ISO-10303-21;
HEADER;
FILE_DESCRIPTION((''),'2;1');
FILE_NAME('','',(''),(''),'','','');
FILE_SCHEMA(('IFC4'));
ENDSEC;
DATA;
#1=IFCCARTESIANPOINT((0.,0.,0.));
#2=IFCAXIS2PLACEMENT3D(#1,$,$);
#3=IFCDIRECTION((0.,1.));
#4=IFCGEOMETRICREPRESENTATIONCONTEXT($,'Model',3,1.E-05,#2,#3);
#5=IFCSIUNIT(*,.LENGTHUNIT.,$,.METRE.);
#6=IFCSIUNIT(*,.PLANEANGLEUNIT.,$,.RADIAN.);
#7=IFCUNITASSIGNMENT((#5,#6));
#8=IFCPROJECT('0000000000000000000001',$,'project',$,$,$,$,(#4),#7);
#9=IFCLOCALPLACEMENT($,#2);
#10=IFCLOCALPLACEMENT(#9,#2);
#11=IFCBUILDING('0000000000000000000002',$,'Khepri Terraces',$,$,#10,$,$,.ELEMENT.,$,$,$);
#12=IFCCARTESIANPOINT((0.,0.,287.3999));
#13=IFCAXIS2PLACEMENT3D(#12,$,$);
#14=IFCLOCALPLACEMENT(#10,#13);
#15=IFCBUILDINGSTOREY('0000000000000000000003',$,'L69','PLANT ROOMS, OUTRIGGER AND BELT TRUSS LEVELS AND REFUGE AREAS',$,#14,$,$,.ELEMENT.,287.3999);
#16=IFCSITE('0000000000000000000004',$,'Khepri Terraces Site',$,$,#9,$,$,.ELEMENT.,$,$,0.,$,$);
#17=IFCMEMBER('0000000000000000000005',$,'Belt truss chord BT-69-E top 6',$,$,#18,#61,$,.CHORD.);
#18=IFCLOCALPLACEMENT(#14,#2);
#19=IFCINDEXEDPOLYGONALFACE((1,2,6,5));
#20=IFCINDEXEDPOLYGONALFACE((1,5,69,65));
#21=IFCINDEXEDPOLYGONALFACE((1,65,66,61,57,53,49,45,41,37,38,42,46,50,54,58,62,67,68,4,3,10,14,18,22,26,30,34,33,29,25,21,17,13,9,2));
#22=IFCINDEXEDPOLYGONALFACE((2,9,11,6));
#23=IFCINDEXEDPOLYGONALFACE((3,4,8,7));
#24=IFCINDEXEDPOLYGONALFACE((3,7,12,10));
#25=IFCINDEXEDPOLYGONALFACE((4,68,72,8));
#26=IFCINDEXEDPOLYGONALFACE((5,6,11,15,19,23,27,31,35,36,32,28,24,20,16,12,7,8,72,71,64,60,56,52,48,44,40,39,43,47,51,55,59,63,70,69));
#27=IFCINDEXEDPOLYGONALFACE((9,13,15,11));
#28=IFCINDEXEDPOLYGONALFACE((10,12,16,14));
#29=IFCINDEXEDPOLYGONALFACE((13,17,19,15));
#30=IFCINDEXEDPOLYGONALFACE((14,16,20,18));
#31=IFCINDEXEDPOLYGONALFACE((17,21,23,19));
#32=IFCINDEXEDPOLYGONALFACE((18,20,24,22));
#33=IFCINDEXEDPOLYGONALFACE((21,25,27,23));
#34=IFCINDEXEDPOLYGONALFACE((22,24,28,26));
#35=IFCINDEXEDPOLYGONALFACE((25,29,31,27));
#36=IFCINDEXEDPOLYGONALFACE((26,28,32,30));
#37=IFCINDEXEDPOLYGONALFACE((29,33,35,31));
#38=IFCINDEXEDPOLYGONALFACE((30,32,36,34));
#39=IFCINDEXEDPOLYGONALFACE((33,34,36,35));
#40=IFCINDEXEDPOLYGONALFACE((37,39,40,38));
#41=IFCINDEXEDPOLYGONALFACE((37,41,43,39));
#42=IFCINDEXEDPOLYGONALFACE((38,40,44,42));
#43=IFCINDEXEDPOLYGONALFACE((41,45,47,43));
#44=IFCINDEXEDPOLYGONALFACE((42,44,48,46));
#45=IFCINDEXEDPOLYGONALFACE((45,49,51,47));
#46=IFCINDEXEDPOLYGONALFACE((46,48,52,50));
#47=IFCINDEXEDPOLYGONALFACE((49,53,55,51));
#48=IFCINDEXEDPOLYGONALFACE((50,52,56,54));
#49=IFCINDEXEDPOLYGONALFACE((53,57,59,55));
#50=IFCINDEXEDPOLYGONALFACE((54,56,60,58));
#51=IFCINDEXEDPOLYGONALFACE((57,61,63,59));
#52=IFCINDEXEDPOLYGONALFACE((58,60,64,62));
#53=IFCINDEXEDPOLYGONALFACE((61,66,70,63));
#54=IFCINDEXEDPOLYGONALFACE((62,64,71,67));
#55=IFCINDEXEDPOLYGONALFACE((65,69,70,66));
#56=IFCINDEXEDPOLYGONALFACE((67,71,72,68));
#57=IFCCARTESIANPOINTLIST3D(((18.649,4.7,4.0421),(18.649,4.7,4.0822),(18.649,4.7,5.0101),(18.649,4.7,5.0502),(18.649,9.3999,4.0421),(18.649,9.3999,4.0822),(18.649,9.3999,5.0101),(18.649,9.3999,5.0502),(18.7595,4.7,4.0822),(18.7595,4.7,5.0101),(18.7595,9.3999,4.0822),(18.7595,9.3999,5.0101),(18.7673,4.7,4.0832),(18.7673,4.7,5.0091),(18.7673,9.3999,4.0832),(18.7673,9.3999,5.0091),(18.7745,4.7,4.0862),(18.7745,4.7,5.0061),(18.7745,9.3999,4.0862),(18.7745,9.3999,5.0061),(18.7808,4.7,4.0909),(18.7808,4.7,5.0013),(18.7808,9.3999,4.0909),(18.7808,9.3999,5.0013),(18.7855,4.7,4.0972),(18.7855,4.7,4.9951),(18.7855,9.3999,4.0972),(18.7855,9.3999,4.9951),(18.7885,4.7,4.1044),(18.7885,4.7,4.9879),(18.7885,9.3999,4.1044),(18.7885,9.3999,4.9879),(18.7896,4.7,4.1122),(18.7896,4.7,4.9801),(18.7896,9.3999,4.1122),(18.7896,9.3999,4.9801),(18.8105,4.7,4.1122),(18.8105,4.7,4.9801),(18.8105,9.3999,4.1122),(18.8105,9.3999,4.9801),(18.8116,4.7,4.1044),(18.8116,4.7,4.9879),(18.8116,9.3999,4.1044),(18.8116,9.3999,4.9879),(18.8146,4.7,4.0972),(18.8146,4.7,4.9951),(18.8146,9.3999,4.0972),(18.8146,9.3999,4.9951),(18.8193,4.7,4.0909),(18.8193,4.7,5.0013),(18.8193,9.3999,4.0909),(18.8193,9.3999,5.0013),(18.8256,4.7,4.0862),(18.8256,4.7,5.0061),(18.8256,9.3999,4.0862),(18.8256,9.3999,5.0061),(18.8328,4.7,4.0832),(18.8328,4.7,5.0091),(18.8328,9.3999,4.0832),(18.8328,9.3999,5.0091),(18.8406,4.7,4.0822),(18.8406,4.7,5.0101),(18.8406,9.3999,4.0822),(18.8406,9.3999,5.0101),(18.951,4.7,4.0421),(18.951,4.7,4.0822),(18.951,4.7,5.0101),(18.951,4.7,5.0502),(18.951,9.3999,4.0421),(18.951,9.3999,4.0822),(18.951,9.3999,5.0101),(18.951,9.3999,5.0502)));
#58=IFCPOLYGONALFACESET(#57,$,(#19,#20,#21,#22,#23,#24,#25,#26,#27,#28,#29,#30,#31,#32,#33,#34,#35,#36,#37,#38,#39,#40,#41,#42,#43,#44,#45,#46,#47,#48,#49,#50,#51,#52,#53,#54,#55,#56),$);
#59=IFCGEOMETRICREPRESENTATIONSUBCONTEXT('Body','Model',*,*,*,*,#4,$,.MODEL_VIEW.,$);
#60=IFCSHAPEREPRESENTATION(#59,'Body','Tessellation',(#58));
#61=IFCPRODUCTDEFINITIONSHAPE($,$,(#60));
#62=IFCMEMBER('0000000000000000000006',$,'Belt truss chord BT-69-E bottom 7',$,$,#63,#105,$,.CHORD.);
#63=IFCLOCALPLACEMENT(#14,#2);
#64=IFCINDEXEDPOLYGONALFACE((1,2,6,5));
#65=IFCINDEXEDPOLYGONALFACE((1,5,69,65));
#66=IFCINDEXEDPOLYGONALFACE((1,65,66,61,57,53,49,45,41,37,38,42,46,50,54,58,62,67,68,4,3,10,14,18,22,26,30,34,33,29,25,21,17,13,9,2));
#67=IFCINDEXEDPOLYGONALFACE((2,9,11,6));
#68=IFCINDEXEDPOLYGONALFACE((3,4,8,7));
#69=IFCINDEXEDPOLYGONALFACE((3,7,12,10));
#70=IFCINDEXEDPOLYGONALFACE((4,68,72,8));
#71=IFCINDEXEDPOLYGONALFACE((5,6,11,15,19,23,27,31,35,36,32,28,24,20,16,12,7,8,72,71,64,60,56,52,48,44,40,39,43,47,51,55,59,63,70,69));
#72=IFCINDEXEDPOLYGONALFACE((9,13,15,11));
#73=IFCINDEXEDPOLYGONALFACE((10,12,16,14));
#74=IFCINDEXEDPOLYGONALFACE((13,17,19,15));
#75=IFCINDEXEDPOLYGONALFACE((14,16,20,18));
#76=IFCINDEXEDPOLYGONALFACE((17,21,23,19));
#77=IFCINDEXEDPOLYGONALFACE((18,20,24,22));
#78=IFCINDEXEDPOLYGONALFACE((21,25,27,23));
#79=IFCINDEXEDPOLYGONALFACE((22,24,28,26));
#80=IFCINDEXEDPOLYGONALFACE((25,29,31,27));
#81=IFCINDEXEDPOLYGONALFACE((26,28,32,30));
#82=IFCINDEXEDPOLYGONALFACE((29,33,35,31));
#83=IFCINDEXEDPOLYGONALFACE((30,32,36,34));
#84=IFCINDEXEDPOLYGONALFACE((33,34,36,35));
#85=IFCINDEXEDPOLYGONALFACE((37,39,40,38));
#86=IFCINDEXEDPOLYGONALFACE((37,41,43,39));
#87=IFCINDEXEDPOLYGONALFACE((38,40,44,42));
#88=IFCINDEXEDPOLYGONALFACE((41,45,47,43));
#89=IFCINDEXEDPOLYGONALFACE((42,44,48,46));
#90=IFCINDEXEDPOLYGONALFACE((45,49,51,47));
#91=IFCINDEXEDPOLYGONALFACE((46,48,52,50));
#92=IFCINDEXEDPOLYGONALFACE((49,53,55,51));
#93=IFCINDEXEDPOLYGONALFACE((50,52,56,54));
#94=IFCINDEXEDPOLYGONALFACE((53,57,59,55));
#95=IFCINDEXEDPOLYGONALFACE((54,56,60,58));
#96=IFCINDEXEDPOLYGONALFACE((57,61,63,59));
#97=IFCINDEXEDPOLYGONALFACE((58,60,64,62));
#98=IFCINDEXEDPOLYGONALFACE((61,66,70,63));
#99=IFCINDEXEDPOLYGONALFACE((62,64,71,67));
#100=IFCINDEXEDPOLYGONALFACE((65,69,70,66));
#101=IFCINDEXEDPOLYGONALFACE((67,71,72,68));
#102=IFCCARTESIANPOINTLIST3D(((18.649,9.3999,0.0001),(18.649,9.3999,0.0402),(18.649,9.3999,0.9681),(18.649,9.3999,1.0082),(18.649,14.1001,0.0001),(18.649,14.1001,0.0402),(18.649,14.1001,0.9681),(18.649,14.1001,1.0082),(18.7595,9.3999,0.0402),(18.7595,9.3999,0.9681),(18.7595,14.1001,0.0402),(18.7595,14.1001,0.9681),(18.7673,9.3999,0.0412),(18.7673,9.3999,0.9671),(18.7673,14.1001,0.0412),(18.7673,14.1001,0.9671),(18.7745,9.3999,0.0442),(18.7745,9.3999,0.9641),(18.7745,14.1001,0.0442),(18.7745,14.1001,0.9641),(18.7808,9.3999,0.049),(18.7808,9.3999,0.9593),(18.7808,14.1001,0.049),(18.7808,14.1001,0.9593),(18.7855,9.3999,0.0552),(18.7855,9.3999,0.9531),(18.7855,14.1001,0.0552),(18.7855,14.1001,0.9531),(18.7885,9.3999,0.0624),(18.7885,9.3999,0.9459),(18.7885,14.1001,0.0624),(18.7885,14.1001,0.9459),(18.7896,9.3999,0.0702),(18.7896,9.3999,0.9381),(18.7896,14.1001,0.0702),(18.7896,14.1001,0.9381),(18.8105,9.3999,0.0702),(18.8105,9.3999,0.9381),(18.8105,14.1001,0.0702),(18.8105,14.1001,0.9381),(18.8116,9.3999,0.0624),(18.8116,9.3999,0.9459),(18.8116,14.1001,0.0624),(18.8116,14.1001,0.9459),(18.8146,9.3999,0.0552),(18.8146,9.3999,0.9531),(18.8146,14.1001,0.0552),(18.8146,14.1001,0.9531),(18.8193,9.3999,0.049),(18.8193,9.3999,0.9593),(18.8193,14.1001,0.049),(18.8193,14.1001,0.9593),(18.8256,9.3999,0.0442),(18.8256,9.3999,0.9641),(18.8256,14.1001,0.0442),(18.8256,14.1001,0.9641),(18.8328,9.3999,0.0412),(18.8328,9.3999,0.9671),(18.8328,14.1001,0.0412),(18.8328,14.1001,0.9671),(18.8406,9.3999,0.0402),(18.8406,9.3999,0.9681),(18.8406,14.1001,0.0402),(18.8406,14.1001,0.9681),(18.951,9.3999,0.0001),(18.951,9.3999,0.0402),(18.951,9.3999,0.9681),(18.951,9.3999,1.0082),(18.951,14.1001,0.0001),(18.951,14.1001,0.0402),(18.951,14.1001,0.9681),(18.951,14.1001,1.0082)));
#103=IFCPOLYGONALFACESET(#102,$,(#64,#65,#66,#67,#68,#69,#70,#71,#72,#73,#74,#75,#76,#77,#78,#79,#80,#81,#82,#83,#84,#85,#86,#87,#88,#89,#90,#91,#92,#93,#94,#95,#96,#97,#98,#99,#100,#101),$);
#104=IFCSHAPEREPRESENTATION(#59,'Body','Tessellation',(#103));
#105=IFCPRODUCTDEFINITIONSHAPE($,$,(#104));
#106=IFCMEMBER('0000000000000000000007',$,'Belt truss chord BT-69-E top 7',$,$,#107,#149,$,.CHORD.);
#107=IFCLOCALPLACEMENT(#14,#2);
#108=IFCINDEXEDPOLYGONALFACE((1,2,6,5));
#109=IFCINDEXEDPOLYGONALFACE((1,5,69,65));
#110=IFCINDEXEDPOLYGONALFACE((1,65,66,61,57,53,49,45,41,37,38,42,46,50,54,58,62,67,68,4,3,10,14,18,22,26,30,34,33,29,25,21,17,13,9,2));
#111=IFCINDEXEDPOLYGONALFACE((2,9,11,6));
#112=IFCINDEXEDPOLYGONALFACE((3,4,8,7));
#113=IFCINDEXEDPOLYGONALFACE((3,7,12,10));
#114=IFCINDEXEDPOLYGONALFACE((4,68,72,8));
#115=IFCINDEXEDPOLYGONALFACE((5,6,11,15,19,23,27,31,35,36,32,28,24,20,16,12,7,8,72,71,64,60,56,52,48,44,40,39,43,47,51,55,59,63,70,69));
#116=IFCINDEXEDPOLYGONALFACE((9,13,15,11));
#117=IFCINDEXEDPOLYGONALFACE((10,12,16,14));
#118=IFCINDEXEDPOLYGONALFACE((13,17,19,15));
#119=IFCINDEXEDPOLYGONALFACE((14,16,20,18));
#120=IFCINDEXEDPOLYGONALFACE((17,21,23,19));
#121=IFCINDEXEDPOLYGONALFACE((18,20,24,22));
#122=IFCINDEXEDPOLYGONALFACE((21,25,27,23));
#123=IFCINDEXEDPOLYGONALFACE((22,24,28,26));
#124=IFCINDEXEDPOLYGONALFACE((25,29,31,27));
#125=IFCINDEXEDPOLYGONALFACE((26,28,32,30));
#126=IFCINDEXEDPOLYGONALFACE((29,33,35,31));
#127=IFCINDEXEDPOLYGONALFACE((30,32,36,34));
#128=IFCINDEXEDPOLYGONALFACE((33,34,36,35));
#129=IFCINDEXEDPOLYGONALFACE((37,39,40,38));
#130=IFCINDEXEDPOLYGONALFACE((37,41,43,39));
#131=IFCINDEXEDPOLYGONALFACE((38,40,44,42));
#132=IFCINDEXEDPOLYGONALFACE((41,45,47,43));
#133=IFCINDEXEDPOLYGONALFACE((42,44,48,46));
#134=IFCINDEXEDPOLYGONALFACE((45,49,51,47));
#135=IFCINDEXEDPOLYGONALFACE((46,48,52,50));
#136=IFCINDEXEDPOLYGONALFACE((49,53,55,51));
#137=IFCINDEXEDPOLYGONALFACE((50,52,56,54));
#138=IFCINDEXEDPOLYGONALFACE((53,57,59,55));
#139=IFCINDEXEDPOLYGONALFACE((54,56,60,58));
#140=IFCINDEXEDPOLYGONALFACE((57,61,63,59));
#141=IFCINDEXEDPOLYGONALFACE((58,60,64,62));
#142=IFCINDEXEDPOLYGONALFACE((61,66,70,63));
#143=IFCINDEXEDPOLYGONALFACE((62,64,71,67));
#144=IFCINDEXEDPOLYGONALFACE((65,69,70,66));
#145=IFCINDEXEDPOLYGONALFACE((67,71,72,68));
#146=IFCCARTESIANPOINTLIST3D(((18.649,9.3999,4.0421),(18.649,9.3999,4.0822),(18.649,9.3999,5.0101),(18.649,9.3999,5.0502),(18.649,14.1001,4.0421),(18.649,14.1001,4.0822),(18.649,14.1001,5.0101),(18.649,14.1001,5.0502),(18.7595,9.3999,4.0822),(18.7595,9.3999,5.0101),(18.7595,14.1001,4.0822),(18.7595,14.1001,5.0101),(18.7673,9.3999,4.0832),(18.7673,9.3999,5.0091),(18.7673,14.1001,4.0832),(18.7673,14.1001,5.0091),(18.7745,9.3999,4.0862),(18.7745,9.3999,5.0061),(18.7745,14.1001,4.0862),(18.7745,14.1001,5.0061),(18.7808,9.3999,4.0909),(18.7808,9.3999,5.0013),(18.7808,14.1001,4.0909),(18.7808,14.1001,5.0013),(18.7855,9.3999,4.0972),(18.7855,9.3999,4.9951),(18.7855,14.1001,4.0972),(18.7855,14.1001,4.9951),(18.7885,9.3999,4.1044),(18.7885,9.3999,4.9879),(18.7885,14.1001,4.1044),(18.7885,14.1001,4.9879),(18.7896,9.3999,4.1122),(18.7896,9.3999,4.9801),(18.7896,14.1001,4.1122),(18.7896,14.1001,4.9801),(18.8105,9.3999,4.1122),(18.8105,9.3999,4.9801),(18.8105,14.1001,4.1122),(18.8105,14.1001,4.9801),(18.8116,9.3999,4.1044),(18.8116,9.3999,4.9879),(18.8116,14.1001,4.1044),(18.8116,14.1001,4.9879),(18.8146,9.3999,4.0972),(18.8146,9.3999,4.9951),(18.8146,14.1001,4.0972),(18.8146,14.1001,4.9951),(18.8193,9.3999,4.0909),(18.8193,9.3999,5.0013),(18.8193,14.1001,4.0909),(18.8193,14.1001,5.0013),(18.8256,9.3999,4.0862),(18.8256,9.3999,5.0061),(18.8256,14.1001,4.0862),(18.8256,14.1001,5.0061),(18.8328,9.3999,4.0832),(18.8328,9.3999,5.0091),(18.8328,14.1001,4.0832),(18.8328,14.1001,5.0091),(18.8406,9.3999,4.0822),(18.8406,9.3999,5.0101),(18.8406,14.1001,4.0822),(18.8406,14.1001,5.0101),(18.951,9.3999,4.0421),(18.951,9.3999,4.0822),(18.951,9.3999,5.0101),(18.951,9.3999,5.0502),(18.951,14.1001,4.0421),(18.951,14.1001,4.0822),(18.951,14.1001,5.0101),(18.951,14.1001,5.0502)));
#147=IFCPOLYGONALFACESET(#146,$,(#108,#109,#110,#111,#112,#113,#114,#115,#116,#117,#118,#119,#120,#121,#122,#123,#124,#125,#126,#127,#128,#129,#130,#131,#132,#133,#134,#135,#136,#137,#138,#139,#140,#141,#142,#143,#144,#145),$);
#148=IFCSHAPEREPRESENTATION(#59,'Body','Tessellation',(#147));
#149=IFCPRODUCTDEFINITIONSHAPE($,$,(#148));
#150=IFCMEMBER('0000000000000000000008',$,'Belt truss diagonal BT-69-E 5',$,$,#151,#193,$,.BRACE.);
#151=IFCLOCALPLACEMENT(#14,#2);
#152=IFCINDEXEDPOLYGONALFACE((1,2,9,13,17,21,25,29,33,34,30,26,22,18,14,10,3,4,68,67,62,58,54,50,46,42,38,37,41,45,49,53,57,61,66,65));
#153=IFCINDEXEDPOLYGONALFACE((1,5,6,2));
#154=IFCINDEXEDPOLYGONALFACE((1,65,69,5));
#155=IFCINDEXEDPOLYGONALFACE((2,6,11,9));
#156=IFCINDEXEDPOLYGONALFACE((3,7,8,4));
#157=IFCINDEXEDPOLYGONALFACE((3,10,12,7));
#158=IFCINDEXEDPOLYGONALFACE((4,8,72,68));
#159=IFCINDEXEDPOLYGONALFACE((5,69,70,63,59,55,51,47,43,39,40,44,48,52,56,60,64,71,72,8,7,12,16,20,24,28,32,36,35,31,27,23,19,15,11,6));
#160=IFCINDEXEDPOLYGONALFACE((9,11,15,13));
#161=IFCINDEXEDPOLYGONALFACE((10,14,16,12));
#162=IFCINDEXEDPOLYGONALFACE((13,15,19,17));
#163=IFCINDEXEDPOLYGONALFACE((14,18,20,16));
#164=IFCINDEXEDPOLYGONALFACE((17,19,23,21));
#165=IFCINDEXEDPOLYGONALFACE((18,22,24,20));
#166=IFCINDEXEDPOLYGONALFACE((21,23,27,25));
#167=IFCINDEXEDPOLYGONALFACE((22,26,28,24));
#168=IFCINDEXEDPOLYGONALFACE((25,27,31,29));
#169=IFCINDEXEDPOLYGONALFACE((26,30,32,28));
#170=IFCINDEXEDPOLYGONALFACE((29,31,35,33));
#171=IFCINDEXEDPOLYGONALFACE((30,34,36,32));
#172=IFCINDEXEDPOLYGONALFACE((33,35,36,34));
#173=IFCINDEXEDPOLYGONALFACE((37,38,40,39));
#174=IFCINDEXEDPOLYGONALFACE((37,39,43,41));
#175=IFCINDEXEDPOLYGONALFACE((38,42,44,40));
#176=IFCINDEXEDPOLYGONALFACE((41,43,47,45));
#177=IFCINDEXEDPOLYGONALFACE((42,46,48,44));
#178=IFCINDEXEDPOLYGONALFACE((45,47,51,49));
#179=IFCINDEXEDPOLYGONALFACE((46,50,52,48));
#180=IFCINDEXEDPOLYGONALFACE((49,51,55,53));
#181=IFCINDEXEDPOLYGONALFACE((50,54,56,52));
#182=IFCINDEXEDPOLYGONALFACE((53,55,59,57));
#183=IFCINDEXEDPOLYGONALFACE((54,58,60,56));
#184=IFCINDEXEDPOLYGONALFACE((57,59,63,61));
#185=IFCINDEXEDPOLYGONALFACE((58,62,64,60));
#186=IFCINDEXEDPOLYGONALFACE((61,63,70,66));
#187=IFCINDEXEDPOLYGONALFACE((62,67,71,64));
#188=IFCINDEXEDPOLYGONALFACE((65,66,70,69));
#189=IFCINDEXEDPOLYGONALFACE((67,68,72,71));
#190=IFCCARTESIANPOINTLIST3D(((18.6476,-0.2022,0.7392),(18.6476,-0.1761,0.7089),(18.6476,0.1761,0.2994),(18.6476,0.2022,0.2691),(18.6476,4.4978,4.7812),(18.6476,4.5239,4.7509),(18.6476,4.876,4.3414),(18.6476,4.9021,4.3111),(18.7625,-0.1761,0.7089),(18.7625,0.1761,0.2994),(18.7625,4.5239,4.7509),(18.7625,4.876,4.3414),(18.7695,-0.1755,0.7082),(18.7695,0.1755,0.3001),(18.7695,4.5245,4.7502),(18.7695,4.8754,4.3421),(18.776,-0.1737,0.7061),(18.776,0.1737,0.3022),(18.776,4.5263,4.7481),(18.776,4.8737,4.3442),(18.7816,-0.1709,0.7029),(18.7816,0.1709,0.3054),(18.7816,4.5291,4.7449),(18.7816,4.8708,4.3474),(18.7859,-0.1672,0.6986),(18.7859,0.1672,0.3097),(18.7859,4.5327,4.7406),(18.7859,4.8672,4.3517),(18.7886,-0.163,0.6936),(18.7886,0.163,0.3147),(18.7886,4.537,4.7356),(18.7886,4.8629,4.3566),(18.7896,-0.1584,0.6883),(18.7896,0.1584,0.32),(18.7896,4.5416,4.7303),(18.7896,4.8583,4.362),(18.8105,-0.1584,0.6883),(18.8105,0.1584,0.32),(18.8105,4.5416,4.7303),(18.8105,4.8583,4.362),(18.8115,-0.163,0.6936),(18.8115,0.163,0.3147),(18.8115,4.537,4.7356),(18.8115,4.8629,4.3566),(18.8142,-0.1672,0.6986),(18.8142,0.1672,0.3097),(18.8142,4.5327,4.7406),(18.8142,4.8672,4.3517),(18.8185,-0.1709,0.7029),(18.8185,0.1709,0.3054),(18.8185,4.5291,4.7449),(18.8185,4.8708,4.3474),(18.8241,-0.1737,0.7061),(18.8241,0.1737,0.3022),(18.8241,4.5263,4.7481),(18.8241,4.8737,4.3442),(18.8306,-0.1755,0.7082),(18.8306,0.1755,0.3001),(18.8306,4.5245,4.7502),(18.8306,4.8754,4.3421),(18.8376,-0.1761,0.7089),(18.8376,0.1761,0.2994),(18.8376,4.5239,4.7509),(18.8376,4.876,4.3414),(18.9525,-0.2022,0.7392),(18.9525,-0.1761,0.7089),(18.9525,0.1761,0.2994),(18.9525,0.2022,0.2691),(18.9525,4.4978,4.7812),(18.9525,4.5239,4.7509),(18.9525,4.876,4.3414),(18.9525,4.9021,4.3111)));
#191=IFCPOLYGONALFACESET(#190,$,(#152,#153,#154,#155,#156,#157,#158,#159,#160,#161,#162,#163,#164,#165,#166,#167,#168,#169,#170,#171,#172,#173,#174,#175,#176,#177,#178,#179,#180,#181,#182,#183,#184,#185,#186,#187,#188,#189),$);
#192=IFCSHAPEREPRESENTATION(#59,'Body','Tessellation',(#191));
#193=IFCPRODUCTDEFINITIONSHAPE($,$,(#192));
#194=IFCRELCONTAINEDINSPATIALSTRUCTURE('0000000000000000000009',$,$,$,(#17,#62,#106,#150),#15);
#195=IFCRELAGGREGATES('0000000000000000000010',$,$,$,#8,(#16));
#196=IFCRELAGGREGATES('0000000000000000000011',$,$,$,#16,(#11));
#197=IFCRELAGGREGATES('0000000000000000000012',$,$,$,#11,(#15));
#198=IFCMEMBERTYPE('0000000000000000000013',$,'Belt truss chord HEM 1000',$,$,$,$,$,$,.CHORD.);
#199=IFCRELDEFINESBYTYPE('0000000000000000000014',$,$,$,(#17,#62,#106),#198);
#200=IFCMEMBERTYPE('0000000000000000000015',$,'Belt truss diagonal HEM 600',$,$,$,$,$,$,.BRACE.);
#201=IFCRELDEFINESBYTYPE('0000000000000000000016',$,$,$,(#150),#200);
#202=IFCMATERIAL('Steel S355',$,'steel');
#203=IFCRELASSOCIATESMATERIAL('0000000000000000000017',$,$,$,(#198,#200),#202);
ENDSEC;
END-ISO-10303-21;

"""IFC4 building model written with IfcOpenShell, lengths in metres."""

from ifc_helpers import new_model, si_unit, direction, frame, origin, origin_2d, place, context, subcontext, project, spatial, i_section, extrude, material, material_profile, profile_set, type_object, element, save


model = new_model("IFC4")

# Units and contexts
model_context = context("Model", 3, precision=1e-05, world=origin(), true_north=direction((0.0, 1.0)))
body_context = subcontext(model_context, "Body", "Model", "MODEL_VIEW")
ifc_project = project(units=[si_unit("LENGTHUNIT", "METRE"), si_unit("PLANEANGLEUNIT", "RADIAN")], contexts=[model_context])

# Site, building, storey
site_placement = place(None, origin())
site = spatial("IfcSite", under=ifc_project, at=site_placement, Name="Khepri Terraces Site", CompositionType="ELEMENT", RefElevation=0.0)
building_placement = place(site_placement, origin())
building = spatial("IfcBuilding", under=site, at=building_placement, Name="Khepri Terraces", CompositionType="ELEMENT")
storey_placement = place(building_placement, frame((0.0, 0.0, 287.3999)))
storey = spatial("IfcBuildingStorey", under=building, at=storey_placement, Name="L69", Description="PLANT ROOMS, OUTRIGGER AND BELT TRUSS LEVELS AND REFUGE AREAS", CompositionType="ELEMENT", Elevation=287.3999)

# Members
ifc_material_1 = material(Name="Steel S355", Category="steel")
ifc_material_profile_1 = material_profile(ifc_material_1, i_section(OverallWidth=0.302, OverallDepth=1.0081, WebThickness=0.021, FlangeThickness=0.04, FilletRadius=0.03, at=origin_2d()), Name="Steel S355", Category="steel")
ifc_profile_set_1 = profile_set([ifc_material_profile_1], Name="Steel S355")
member_type_1 = type_object("IfcMemberType", Name="Belt truss chord HEM 1000", PredefinedType="CHORD", material=ifc_profile_set_1)
for number, where, z_axis, x_axis, name in (
    (1, (18.8, 4.7, 4.5461), (0.0, 1.0, 0.0), (-1.0, 0.0, 0.0), "Belt truss chord BT-69-E top 6"),
):
    element("IfcMember", number, at=place(storey_placement, frame(where, z_axis=z_axis, x_axis=x_axis)), inside=storey, type_object=member_type_1, Name=name, PredefinedType="CHORD", context=body_context, shape_type="SweptSolid", body=[
        extrude(i_section(OverallWidth=0.302, OverallDepth=1.0081, WebThickness=0.021, FlangeThickness=0.04, FilletRadius=0.03, at=origin_2d()), origin(), (0.0, 0.0, 1.0), 4.7),
    ])
for number, where, z_axis, x_axis, name in (
    (2, (18.8, 9.3999, 0.5042), (0.0, 1.0, 0.0), (-1.0, 0.0, 0.0), "Belt truss chord BT-69-E bottom 7"),
    (3, (18.8, 9.3999, 4.5461), (0.0, 1.0, 0.0), (-1.0, 0.0, 0.0), "Belt truss chord BT-69-E top 7"),
):
    element("IfcMember", number, at=place(storey_placement, frame(where, z_axis=z_axis, x_axis=x_axis)), inside=storey, type_object=member_type_1, Name=name, PredefinedType="CHORD", context=body_context, shape_type="SweptSolid", body=[
        extrude(i_section(OverallWidth=0.302, OverallDepth=1.0081, WebThickness=0.021, FlangeThickness=0.04, FilletRadius=0.03, at=origin_2d()), origin(), (0.0, 0.0, 1.0), 4.7002),
    ])
ifc_material_profile_2 = material_profile(ifc_material_1, i_section(OverallWidth=0.3049, OverallDepth=0.6201, WebThickness=0.021, FlangeThickness=0.04, FilletRadius=0.0271, at=origin_2d()), Name="Steel S355", Category="steel")
ifc_profile_set_2 = profile_set([ifc_material_profile_2], Name="Steel S355")
member_type_2 = type_object("IfcMemberType", Name="Belt truss diagonal HEM 600", PredefinedType="BRACE", material=ifc_profile_set_2)
for number, where, z_axis, x_axis, name in (
    (4, (18.8, 0.0, 0.5042), (0.0, 0.758182, 0.652042), (-1.0, 0.0, 0.0), "Belt truss diagonal BT-69-E 5"),
):
    element("IfcMember", number, at=place(storey_placement, frame(where, z_axis=z_axis, x_axis=x_axis)), inside=storey, type_object=member_type_2, Name=name, PredefinedType="BRACE", context=body_context, shape_type="SweptSolid", body=[
        extrude(i_section(OverallWidth=0.3049, OverallDepth=0.6201, WebThickness=0.021, FlangeThickness=0.04, FilletRadius=0.0271, at=origin_2d()), origin(), (0.0, 0.0, 1.0), 6.199),
    ])

save(model, "model.ifc")
